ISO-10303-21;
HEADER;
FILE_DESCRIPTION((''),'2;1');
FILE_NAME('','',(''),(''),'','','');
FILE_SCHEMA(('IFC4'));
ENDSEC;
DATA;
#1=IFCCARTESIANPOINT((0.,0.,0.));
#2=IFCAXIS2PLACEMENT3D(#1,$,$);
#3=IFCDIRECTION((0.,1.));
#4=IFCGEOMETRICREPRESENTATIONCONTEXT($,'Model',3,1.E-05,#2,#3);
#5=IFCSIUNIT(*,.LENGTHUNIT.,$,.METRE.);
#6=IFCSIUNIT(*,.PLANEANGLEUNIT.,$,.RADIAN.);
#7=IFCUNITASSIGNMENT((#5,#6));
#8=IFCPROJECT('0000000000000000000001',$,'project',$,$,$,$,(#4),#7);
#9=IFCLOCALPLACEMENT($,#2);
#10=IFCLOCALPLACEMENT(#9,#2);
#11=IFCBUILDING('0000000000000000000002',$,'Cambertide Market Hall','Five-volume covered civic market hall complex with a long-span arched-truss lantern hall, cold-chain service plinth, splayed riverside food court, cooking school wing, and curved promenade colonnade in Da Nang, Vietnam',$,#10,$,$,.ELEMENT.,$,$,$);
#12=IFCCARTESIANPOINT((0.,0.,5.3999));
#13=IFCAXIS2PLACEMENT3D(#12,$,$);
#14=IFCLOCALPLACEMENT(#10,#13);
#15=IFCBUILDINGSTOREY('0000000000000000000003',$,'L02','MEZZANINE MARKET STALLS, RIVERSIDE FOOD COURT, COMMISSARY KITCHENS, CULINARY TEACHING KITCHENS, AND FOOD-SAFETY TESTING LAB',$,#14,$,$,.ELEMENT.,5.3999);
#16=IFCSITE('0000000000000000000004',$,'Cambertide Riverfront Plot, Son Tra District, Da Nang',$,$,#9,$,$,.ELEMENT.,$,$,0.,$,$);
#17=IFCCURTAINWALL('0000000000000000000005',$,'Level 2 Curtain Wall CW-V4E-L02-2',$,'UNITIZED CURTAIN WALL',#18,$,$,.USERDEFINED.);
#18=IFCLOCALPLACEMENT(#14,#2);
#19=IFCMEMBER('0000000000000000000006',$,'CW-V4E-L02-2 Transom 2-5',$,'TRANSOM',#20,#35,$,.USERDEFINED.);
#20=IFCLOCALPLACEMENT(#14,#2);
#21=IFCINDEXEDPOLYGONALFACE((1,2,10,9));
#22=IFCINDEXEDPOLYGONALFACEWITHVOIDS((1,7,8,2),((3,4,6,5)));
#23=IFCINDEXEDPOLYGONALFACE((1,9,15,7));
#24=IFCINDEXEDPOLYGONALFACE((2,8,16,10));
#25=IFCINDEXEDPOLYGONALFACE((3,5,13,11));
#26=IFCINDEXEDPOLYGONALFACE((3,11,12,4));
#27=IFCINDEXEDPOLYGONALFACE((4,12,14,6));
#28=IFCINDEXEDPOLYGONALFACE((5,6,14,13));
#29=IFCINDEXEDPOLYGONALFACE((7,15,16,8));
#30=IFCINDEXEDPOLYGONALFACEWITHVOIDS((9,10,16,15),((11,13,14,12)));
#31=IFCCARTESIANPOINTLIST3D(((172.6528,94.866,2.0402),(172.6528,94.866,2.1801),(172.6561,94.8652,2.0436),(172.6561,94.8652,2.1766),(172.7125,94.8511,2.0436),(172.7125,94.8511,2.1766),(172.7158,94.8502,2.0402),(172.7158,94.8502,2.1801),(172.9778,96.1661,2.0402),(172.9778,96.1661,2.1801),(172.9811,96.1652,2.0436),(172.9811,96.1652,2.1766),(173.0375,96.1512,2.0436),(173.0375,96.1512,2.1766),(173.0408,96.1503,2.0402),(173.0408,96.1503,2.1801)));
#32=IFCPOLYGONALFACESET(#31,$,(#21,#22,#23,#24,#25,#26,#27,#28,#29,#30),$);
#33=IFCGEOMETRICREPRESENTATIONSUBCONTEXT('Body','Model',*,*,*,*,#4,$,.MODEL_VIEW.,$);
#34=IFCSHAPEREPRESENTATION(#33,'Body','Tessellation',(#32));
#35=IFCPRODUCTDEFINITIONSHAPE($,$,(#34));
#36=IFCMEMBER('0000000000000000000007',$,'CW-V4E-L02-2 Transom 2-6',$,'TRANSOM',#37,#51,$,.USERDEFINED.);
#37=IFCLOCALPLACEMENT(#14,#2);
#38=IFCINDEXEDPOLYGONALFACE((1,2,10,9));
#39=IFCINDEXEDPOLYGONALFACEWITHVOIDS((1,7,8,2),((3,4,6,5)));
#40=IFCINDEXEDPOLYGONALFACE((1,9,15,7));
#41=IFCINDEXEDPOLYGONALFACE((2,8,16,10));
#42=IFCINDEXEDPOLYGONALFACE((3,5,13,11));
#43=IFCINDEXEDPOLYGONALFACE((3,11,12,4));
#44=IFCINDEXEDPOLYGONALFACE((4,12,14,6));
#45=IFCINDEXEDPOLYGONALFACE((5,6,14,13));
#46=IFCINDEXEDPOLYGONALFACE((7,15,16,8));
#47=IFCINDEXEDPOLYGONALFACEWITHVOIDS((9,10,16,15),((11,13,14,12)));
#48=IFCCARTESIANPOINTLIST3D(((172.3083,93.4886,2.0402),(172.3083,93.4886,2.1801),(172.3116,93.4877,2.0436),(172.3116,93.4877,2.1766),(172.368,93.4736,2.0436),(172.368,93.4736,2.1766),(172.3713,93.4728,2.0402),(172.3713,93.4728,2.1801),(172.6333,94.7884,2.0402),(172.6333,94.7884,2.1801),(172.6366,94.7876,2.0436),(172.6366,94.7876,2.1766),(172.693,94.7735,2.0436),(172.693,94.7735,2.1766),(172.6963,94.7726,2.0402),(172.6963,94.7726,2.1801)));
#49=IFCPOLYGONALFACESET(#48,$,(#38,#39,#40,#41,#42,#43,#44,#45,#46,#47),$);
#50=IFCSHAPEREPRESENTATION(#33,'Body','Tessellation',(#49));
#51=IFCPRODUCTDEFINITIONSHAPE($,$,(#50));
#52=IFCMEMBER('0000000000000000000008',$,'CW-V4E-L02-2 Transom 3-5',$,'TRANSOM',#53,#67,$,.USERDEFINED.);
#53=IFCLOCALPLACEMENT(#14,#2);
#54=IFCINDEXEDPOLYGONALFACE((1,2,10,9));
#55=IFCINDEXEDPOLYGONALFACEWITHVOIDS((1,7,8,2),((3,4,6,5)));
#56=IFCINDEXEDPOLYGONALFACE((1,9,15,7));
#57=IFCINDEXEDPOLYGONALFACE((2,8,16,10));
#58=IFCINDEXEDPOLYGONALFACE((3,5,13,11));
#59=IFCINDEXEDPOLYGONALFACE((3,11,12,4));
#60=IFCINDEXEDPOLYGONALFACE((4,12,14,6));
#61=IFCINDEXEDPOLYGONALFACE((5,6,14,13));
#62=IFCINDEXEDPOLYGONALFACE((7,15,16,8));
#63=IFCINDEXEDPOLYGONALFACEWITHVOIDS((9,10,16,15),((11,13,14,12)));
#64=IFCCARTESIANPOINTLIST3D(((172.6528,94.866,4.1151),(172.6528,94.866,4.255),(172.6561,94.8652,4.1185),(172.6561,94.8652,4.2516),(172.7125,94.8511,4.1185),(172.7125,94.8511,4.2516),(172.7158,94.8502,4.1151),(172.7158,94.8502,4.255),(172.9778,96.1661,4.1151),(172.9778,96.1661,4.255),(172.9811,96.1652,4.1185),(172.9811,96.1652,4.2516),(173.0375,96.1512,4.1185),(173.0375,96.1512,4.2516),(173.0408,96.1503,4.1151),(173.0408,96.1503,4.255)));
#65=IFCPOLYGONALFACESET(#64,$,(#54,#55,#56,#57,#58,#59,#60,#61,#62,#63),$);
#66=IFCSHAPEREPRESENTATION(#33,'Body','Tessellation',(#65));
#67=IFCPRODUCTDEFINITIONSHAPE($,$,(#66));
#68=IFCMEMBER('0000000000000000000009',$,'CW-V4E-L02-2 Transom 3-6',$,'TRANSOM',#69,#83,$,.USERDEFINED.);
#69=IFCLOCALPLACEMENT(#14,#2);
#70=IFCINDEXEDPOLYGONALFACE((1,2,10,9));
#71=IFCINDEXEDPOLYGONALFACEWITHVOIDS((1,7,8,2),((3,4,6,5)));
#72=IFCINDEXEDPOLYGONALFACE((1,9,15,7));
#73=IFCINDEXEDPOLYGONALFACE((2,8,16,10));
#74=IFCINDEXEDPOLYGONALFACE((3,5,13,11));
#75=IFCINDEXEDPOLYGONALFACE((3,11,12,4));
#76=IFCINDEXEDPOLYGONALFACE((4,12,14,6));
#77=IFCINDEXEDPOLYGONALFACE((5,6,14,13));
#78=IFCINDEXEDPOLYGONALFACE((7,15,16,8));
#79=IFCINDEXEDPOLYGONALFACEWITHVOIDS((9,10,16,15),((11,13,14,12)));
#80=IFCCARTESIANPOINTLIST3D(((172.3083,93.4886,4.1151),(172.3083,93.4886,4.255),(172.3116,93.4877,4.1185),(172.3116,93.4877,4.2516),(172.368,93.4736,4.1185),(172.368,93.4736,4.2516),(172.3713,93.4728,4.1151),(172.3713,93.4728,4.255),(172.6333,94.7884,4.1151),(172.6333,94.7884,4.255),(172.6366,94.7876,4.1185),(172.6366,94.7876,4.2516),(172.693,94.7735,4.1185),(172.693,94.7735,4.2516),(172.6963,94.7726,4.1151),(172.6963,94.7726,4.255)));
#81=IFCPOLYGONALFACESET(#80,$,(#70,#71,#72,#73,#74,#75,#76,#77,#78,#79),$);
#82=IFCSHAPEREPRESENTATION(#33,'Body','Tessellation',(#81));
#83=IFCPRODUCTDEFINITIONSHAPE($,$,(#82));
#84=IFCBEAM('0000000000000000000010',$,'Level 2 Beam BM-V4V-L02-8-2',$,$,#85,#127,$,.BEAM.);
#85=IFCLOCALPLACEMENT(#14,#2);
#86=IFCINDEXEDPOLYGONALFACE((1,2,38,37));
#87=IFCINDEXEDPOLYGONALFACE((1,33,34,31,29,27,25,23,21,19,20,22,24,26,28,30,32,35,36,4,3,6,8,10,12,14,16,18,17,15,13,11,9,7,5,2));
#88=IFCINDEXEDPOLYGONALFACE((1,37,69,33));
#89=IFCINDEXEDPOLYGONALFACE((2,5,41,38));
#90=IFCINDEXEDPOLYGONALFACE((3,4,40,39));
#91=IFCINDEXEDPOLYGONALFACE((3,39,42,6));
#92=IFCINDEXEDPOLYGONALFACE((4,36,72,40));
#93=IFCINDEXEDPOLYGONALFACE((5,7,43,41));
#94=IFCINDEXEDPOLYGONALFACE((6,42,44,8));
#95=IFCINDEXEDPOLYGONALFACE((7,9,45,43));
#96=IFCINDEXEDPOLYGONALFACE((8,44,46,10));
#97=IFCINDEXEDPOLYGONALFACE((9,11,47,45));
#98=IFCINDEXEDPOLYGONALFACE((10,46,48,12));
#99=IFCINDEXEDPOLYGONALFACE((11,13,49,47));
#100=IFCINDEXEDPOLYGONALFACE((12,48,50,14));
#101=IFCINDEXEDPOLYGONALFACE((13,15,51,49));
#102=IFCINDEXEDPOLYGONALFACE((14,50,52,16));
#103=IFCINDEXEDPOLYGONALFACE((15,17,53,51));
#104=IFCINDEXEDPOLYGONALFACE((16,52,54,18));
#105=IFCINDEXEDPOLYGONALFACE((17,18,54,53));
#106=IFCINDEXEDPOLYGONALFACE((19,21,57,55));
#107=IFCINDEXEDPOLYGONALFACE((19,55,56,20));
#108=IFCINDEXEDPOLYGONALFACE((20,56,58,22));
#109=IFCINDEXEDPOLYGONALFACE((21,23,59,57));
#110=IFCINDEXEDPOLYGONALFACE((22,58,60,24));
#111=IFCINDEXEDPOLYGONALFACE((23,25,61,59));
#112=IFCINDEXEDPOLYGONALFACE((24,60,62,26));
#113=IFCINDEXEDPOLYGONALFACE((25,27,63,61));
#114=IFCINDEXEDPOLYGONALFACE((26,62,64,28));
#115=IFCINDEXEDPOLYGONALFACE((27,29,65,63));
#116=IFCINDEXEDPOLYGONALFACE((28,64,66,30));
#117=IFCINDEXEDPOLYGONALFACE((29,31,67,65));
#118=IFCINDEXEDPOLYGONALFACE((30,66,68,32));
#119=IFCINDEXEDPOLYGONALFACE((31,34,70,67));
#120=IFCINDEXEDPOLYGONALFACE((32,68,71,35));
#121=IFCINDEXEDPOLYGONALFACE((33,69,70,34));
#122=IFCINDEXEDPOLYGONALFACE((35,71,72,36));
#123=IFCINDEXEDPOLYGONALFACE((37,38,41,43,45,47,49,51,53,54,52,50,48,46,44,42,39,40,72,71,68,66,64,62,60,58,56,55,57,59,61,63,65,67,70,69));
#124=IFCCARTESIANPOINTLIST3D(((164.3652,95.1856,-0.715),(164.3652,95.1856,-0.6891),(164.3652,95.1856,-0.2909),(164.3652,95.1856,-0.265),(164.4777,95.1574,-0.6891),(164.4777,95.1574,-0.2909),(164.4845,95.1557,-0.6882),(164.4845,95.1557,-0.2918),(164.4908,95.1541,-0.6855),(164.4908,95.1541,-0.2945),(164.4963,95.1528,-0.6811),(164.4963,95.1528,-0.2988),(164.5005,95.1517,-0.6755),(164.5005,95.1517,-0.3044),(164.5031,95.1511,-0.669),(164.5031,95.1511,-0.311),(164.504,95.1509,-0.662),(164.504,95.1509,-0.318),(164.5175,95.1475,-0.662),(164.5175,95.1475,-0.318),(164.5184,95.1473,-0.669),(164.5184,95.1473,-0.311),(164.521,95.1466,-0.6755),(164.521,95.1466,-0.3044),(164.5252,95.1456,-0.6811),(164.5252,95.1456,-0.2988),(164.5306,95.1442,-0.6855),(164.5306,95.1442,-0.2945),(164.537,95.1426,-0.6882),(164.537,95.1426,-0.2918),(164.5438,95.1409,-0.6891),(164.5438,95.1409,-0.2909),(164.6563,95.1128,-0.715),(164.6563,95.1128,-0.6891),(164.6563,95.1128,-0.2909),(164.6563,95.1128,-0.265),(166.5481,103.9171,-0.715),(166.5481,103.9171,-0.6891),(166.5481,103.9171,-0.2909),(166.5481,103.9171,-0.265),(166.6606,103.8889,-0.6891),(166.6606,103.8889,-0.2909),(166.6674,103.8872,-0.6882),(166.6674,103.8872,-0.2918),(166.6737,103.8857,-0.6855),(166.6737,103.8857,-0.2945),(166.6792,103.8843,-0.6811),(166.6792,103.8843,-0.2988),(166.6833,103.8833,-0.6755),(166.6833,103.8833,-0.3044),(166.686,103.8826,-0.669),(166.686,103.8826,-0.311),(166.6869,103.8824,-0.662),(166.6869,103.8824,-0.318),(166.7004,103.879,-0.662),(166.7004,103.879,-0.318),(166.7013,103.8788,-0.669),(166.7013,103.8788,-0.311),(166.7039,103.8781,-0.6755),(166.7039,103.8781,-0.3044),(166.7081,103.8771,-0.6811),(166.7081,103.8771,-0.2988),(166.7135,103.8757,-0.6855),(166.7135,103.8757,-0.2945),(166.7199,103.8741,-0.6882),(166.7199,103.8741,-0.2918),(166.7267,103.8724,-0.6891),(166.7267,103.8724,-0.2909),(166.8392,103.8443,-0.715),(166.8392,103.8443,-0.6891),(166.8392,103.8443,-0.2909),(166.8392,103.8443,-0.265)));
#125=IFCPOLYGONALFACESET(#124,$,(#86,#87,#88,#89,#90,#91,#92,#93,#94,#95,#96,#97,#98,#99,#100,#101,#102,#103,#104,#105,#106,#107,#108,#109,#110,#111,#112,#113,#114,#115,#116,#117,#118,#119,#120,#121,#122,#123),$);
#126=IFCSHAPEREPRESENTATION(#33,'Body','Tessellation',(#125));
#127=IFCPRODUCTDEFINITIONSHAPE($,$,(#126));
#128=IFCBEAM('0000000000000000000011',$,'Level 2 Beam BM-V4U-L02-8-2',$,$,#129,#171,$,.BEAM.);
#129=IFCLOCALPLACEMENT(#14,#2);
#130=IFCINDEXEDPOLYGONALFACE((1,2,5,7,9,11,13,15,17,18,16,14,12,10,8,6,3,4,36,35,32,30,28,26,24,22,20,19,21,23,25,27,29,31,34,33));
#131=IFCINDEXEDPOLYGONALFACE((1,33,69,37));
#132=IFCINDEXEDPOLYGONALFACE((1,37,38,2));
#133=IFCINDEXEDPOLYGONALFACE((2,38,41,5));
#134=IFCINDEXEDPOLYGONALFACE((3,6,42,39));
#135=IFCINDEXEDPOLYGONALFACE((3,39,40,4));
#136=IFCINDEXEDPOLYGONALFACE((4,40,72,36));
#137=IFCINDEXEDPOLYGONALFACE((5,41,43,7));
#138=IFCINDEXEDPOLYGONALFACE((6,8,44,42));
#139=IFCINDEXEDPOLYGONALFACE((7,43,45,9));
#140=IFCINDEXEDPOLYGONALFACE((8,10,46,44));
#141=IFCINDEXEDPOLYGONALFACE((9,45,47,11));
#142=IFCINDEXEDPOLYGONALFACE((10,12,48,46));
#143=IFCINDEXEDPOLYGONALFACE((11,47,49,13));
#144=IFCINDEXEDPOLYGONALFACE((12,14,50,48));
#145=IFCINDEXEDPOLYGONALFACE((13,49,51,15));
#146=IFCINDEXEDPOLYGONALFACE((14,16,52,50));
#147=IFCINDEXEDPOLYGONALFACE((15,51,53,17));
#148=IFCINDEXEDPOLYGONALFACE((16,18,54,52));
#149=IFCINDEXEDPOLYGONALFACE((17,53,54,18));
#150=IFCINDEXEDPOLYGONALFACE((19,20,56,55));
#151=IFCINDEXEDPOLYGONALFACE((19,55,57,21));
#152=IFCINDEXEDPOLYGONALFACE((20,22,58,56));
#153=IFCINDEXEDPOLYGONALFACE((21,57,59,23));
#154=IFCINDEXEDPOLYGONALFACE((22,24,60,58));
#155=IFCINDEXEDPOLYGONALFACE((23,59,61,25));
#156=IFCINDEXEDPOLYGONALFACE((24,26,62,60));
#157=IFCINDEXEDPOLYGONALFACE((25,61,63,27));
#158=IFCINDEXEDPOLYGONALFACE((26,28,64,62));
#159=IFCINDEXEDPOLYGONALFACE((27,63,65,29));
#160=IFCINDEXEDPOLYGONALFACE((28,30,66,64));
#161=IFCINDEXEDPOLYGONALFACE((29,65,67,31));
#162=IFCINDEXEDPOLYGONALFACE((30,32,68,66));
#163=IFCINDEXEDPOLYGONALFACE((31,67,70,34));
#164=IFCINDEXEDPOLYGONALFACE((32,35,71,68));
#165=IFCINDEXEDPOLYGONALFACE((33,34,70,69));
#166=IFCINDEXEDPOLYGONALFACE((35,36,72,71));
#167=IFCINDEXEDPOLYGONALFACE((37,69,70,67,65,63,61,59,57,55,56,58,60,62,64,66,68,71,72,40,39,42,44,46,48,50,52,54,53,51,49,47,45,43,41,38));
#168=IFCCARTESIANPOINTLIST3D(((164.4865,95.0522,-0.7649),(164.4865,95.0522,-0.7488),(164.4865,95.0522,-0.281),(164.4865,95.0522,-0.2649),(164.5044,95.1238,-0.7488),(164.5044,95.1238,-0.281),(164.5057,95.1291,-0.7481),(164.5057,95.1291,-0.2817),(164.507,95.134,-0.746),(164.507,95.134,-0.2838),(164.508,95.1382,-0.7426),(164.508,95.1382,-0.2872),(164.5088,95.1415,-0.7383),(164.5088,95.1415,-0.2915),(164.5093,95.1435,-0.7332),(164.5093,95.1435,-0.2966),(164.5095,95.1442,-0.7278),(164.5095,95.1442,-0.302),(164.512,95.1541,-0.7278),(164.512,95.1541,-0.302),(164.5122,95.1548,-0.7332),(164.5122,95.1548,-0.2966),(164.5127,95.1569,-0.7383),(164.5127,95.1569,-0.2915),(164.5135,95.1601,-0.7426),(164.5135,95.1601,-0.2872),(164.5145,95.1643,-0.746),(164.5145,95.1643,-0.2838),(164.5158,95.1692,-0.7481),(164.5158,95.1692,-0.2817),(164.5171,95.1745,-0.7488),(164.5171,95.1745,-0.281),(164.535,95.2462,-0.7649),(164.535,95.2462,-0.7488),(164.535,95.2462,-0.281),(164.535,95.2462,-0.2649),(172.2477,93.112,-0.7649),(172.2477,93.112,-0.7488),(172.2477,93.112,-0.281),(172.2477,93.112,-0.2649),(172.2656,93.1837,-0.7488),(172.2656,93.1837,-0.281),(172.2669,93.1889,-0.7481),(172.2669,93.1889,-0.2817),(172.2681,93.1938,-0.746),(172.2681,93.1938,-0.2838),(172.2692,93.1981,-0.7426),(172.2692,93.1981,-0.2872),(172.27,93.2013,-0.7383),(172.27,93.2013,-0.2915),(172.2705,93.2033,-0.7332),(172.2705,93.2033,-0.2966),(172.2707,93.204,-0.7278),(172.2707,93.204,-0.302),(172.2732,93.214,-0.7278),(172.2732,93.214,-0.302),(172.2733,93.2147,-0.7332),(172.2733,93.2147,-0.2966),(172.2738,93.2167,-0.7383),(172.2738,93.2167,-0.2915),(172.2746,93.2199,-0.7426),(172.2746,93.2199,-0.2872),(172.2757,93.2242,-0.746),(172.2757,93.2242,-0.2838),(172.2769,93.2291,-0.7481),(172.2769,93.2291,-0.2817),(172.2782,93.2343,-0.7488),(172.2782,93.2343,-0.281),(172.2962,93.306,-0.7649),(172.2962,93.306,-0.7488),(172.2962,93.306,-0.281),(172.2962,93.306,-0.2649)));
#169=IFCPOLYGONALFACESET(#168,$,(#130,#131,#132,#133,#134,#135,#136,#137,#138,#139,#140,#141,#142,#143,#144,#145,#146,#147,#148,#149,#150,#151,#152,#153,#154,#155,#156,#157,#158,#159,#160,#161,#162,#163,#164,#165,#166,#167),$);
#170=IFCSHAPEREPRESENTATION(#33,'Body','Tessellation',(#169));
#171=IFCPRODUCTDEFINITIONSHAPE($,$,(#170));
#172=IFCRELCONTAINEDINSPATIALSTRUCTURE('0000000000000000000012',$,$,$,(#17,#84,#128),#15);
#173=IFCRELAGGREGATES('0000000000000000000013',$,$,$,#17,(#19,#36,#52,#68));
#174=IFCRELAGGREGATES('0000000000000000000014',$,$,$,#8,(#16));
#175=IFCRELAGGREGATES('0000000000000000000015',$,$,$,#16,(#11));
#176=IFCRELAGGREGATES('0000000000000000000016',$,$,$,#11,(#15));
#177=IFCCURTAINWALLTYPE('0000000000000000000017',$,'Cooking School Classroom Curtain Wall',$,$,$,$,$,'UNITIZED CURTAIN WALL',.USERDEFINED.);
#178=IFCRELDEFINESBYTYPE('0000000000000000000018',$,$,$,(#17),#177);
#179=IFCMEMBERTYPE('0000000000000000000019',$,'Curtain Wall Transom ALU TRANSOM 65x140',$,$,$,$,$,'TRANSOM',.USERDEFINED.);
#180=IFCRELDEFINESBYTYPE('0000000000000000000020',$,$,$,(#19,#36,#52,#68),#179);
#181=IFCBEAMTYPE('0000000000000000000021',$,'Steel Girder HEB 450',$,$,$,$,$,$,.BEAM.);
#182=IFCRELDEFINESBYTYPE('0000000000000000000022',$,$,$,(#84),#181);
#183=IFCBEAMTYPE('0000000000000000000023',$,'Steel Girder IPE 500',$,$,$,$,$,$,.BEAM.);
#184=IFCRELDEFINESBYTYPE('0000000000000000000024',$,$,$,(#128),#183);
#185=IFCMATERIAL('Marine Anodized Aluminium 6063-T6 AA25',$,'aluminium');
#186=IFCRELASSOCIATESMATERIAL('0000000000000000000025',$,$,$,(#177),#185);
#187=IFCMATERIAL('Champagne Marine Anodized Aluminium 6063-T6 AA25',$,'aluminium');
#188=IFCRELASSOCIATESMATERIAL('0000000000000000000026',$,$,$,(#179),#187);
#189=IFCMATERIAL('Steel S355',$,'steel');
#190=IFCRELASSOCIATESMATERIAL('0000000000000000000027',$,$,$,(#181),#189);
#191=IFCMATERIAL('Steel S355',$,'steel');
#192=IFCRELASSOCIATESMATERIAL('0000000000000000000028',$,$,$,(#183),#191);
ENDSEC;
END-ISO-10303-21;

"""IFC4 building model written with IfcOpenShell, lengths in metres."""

from ifc_helpers import new_model, si_unit, direction, frame, origin, origin_2d, place, context, subcontext, project, spatial, hollow_rectangle, i_section, extrude, material, material_profile, profile_set, type_object, element, aggregate, save


model = new_model("IFC4")

# Units and contexts
model_context = context("Model", 3, precision=1e-05, world=origin(), true_north=direction((0.0, 1.0)))
body_context = subcontext(model_context, "Body", "Model", "MODEL_VIEW")
ifc_project = project(units=[si_unit("LENGTHUNIT", "METRE"), si_unit("PLANEANGLEUNIT", "RADIAN")], contexts=[model_context])

# Site, building, storey
site_placement = place(None, origin())
site = spatial("IfcSite", under=ifc_project, at=site_placement, Name="Cambertide Riverfront Plot, Son Tra District, Da Nang", CompositionType="ELEMENT", RefElevation=0.0)
building_placement = place(site_placement, origin())
building = spatial("IfcBuilding", under=site, at=building_placement, Name="Cambertide Market Hall", Description="Five-volume covered civic market hall complex with a long-span arched-truss lantern hall, cold-chain service plinth, splayed riverside food court, cooking school wing, and curved promenade colonnade in Da Nang, Vietnam", CompositionType="ELEMENT")
storey_placement = place(building_placement, frame((0.0, 0.0, 5.3999)))
storey = spatial("IfcBuildingStorey", under=building, at=storey_placement, Name="L02", Description="MEZZANINE MARKET STALLS, RIVERSIDE FOOD COURT, COMMISSARY KITCHENS, CULINARY TEACHING KITCHENS, AND FOOD-SAFETY TESTING LAB", CompositionType="ELEMENT", Elevation=5.3999)

# Curtain wall, members
ifc_material_1 = material(Name="Marine Anodized Aluminium 6063-T6 AA25", Category="aluminium")
curtain_wall_type = type_object("IfcCurtainWallType", Name="Cooking School Classroom Curtain Wall", ElementType="UNITIZED CURTAIN WALL", PredefinedType="USERDEFINED", material=ifc_material_1)
curtain_wall_placement = place(storey_placement, origin())
curtain_wall = element("IfcCurtainWall", 1, at=curtain_wall_placement, inside=storey, type_object=curtain_wall_type, Name="Level 2 Curtain Wall CW-V4E-L02-2", ObjectType="UNITIZED CURTAIN WALL", PredefinedType="USERDEFINED")
ifc_material_2 = material(Name="Champagne Marine Anodized Aluminium 6063-T6 AA25", Category="aluminium")
ifc_material_profile_1 = material_profile(ifc_material_2, hollow_rectangle(XDim=0.0649, YDim=0.1399, WallThickness=0.0034, at=origin_2d()), Name="ALU TRANSOM 65x140")
ifc_profile_set_1 = profile_set([ifc_material_profile_1], Name="Champagne Marine Anodized Aluminium 6063-T6 AA25")
member_type_1 = type_object("IfcMemberType", Name="Curtain Wall Transom ALU TRANSOM 65x140", ElementType="TRANSOM", PredefinedType="USERDEFINED", material=ifc_profile_set_1)
member_1_placement = place(storey_placement, frame((173.0093, 96.1582, 2.1101), z_axis=(-0.242493, -0.970153, 0.0), x_axis=(0.970153, -0.242493, 0.0)))
member_1 = element("IfcMember", 2, at=member_1_placement, type_object=member_type_1, Name="CW-V4E-L02-2 Transom 2-5", ObjectType="TRANSOM", PredefinedType="USERDEFINED", context=body_context, shape_type="SweptSolid", body=[
    extrude(hollow_rectangle(XDim=0.0649, YDim=0.1399, WallThickness=0.0034, at=origin_2d()), origin(), (0.0, 0.0, 1.0), 1.3401),
])
member_2_placement = place(storey_placement, frame((172.6648, 94.7805, 2.1101), z_axis=(-0.242536, -0.970143, 0.0), x_axis=(0.970143, -0.242536, 0.0)))
member_2 = element("IfcMember", 3, at=member_2_placement, type_object=member_type_1, Name="CW-V4E-L02-2 Transom 2-6", ObjectType="TRANSOM", PredefinedType="USERDEFINED", context=body_context, shape_type="SweptSolid", body=[
    extrude(hollow_rectangle(XDim=0.0649, YDim=0.1399, WallThickness=0.0034, at=origin_2d()), origin(), (0.0, 0.0, 1.0), 1.3398),
])
member_3_placement = place(storey_placement, frame((173.0093, 96.1582, 4.1851), z_axis=(-0.242493, -0.970153, 0.0), x_axis=(0.970153, -0.242493, 0.0)))
member_3 = element("IfcMember", 4, at=member_3_placement, type_object=member_type_1, Name="CW-V4E-L02-2 Transom 3-5", ObjectType="TRANSOM", PredefinedType="USERDEFINED", context=body_context, shape_type="SweptSolid", body=[
    extrude(hollow_rectangle(XDim=0.0649, YDim=0.1399, WallThickness=0.0034, at=origin_2d()), origin(), (0.0, 0.0, 1.0), 1.3401),
])
member_4_placement = place(storey_placement, frame((172.6648, 94.7805, 4.1851), z_axis=(-0.242536, -0.970143, 0.0), x_axis=(0.970143, -0.242536, 0.0)))
member_4 = element("IfcMember", 5, at=member_4_placement, type_object=member_type_1, Name="CW-V4E-L02-2 Transom 3-6", ObjectType="TRANSOM", PredefinedType="USERDEFINED", context=body_context, shape_type="SweptSolid", body=[
    extrude(hollow_rectangle(XDim=0.0649, YDim=0.1399, WallThickness=0.0034, at=origin_2d()), origin(), (0.0, 0.0, 1.0), 1.3398),
])

# Beams
ifc_material_3 = material(Name="Steel S355", Category="steel")
ifc_material_profile_2 = material_profile(ifc_material_3, i_section(OverallWidth=0.3, OverallDepth=0.45, WebThickness=0.0139, FlangeThickness=0.0259, FilletRadius=0.0271, at=origin_2d()), Name="HEB 450")
ifc_profile_set_2 = profile_set([ifc_material_profile_2], Name="Steel S355")
beam_type_1 = type_object("IfcBeamType", Name="Steel Girder HEB 450", PredefinedType="BEAM", material=ifc_profile_set_2)
beam_1_placement = place(storey_placement, frame((164.5107, 95.1492, -0.49), z_axis=(0.242536, 0.970143, 0.0), x_axis=(-0.970143, 0.242536, 0.0)))
element("IfcBeam", 6, at=beam_1_placement, inside=storey, type_object=beam_type_1, Name="Level 2 Beam BM-V4V-L02-8-2", PredefinedType="BEAM", context=body_context, shape_type="SweptSolid", body=[
    extrude(i_section(OverallWidth=0.3, OverallDepth=0.45, WebThickness=0.0139, FlangeThickness=0.0259, FilletRadius=0.0271, at=origin_2d()), origin(), (0.0, 0.0, 1.0), 9.0002),
])
ifc_material_4 = material(Name="Steel S355", Category="steel")
ifc_material_profile_3 = material_profile(ifc_material_4, i_section(OverallWidth=0.2, OverallDepth=0.5, WebThickness=0.0103, FlangeThickness=0.0161, FilletRadius=0.021, at=origin_2d()), Name="IPE 500")
ifc_profile_set_3 = profile_set([ifc_material_profile_3], Name="Steel S355")
beam_type_2 = type_object("IfcBeamType", Name="Steel Girder IPE 500", PredefinedType="BEAM", material=ifc_profile_set_3)
beam_2_placement = place(storey_placement, frame((164.5107, 95.1492, -0.5149), z_axis=(0.970146, -0.242521, 0.0), x_axis=(0.242521, 0.970146, 0.0)))
element("IfcBeam", 7, at=beam_2_placement, inside=storey, type_object=beam_type_2, Name="Level 2 Beam BM-V4U-L02-8-2", PredefinedType="BEAM", context=body_context, shape_type="SweptSolid", body=[
    extrude(i_section(OverallWidth=0.2, OverallDepth=0.5, WebThickness=0.0103, FlangeThickness=0.0161, FilletRadius=0.021, at=origin_2d()), origin(), (0.0, 0.0, 1.0), 8.0),
])

aggregate(curtain_wall, [member_1, member_2, member_3, member_4])

save(model, "model.ifc")
